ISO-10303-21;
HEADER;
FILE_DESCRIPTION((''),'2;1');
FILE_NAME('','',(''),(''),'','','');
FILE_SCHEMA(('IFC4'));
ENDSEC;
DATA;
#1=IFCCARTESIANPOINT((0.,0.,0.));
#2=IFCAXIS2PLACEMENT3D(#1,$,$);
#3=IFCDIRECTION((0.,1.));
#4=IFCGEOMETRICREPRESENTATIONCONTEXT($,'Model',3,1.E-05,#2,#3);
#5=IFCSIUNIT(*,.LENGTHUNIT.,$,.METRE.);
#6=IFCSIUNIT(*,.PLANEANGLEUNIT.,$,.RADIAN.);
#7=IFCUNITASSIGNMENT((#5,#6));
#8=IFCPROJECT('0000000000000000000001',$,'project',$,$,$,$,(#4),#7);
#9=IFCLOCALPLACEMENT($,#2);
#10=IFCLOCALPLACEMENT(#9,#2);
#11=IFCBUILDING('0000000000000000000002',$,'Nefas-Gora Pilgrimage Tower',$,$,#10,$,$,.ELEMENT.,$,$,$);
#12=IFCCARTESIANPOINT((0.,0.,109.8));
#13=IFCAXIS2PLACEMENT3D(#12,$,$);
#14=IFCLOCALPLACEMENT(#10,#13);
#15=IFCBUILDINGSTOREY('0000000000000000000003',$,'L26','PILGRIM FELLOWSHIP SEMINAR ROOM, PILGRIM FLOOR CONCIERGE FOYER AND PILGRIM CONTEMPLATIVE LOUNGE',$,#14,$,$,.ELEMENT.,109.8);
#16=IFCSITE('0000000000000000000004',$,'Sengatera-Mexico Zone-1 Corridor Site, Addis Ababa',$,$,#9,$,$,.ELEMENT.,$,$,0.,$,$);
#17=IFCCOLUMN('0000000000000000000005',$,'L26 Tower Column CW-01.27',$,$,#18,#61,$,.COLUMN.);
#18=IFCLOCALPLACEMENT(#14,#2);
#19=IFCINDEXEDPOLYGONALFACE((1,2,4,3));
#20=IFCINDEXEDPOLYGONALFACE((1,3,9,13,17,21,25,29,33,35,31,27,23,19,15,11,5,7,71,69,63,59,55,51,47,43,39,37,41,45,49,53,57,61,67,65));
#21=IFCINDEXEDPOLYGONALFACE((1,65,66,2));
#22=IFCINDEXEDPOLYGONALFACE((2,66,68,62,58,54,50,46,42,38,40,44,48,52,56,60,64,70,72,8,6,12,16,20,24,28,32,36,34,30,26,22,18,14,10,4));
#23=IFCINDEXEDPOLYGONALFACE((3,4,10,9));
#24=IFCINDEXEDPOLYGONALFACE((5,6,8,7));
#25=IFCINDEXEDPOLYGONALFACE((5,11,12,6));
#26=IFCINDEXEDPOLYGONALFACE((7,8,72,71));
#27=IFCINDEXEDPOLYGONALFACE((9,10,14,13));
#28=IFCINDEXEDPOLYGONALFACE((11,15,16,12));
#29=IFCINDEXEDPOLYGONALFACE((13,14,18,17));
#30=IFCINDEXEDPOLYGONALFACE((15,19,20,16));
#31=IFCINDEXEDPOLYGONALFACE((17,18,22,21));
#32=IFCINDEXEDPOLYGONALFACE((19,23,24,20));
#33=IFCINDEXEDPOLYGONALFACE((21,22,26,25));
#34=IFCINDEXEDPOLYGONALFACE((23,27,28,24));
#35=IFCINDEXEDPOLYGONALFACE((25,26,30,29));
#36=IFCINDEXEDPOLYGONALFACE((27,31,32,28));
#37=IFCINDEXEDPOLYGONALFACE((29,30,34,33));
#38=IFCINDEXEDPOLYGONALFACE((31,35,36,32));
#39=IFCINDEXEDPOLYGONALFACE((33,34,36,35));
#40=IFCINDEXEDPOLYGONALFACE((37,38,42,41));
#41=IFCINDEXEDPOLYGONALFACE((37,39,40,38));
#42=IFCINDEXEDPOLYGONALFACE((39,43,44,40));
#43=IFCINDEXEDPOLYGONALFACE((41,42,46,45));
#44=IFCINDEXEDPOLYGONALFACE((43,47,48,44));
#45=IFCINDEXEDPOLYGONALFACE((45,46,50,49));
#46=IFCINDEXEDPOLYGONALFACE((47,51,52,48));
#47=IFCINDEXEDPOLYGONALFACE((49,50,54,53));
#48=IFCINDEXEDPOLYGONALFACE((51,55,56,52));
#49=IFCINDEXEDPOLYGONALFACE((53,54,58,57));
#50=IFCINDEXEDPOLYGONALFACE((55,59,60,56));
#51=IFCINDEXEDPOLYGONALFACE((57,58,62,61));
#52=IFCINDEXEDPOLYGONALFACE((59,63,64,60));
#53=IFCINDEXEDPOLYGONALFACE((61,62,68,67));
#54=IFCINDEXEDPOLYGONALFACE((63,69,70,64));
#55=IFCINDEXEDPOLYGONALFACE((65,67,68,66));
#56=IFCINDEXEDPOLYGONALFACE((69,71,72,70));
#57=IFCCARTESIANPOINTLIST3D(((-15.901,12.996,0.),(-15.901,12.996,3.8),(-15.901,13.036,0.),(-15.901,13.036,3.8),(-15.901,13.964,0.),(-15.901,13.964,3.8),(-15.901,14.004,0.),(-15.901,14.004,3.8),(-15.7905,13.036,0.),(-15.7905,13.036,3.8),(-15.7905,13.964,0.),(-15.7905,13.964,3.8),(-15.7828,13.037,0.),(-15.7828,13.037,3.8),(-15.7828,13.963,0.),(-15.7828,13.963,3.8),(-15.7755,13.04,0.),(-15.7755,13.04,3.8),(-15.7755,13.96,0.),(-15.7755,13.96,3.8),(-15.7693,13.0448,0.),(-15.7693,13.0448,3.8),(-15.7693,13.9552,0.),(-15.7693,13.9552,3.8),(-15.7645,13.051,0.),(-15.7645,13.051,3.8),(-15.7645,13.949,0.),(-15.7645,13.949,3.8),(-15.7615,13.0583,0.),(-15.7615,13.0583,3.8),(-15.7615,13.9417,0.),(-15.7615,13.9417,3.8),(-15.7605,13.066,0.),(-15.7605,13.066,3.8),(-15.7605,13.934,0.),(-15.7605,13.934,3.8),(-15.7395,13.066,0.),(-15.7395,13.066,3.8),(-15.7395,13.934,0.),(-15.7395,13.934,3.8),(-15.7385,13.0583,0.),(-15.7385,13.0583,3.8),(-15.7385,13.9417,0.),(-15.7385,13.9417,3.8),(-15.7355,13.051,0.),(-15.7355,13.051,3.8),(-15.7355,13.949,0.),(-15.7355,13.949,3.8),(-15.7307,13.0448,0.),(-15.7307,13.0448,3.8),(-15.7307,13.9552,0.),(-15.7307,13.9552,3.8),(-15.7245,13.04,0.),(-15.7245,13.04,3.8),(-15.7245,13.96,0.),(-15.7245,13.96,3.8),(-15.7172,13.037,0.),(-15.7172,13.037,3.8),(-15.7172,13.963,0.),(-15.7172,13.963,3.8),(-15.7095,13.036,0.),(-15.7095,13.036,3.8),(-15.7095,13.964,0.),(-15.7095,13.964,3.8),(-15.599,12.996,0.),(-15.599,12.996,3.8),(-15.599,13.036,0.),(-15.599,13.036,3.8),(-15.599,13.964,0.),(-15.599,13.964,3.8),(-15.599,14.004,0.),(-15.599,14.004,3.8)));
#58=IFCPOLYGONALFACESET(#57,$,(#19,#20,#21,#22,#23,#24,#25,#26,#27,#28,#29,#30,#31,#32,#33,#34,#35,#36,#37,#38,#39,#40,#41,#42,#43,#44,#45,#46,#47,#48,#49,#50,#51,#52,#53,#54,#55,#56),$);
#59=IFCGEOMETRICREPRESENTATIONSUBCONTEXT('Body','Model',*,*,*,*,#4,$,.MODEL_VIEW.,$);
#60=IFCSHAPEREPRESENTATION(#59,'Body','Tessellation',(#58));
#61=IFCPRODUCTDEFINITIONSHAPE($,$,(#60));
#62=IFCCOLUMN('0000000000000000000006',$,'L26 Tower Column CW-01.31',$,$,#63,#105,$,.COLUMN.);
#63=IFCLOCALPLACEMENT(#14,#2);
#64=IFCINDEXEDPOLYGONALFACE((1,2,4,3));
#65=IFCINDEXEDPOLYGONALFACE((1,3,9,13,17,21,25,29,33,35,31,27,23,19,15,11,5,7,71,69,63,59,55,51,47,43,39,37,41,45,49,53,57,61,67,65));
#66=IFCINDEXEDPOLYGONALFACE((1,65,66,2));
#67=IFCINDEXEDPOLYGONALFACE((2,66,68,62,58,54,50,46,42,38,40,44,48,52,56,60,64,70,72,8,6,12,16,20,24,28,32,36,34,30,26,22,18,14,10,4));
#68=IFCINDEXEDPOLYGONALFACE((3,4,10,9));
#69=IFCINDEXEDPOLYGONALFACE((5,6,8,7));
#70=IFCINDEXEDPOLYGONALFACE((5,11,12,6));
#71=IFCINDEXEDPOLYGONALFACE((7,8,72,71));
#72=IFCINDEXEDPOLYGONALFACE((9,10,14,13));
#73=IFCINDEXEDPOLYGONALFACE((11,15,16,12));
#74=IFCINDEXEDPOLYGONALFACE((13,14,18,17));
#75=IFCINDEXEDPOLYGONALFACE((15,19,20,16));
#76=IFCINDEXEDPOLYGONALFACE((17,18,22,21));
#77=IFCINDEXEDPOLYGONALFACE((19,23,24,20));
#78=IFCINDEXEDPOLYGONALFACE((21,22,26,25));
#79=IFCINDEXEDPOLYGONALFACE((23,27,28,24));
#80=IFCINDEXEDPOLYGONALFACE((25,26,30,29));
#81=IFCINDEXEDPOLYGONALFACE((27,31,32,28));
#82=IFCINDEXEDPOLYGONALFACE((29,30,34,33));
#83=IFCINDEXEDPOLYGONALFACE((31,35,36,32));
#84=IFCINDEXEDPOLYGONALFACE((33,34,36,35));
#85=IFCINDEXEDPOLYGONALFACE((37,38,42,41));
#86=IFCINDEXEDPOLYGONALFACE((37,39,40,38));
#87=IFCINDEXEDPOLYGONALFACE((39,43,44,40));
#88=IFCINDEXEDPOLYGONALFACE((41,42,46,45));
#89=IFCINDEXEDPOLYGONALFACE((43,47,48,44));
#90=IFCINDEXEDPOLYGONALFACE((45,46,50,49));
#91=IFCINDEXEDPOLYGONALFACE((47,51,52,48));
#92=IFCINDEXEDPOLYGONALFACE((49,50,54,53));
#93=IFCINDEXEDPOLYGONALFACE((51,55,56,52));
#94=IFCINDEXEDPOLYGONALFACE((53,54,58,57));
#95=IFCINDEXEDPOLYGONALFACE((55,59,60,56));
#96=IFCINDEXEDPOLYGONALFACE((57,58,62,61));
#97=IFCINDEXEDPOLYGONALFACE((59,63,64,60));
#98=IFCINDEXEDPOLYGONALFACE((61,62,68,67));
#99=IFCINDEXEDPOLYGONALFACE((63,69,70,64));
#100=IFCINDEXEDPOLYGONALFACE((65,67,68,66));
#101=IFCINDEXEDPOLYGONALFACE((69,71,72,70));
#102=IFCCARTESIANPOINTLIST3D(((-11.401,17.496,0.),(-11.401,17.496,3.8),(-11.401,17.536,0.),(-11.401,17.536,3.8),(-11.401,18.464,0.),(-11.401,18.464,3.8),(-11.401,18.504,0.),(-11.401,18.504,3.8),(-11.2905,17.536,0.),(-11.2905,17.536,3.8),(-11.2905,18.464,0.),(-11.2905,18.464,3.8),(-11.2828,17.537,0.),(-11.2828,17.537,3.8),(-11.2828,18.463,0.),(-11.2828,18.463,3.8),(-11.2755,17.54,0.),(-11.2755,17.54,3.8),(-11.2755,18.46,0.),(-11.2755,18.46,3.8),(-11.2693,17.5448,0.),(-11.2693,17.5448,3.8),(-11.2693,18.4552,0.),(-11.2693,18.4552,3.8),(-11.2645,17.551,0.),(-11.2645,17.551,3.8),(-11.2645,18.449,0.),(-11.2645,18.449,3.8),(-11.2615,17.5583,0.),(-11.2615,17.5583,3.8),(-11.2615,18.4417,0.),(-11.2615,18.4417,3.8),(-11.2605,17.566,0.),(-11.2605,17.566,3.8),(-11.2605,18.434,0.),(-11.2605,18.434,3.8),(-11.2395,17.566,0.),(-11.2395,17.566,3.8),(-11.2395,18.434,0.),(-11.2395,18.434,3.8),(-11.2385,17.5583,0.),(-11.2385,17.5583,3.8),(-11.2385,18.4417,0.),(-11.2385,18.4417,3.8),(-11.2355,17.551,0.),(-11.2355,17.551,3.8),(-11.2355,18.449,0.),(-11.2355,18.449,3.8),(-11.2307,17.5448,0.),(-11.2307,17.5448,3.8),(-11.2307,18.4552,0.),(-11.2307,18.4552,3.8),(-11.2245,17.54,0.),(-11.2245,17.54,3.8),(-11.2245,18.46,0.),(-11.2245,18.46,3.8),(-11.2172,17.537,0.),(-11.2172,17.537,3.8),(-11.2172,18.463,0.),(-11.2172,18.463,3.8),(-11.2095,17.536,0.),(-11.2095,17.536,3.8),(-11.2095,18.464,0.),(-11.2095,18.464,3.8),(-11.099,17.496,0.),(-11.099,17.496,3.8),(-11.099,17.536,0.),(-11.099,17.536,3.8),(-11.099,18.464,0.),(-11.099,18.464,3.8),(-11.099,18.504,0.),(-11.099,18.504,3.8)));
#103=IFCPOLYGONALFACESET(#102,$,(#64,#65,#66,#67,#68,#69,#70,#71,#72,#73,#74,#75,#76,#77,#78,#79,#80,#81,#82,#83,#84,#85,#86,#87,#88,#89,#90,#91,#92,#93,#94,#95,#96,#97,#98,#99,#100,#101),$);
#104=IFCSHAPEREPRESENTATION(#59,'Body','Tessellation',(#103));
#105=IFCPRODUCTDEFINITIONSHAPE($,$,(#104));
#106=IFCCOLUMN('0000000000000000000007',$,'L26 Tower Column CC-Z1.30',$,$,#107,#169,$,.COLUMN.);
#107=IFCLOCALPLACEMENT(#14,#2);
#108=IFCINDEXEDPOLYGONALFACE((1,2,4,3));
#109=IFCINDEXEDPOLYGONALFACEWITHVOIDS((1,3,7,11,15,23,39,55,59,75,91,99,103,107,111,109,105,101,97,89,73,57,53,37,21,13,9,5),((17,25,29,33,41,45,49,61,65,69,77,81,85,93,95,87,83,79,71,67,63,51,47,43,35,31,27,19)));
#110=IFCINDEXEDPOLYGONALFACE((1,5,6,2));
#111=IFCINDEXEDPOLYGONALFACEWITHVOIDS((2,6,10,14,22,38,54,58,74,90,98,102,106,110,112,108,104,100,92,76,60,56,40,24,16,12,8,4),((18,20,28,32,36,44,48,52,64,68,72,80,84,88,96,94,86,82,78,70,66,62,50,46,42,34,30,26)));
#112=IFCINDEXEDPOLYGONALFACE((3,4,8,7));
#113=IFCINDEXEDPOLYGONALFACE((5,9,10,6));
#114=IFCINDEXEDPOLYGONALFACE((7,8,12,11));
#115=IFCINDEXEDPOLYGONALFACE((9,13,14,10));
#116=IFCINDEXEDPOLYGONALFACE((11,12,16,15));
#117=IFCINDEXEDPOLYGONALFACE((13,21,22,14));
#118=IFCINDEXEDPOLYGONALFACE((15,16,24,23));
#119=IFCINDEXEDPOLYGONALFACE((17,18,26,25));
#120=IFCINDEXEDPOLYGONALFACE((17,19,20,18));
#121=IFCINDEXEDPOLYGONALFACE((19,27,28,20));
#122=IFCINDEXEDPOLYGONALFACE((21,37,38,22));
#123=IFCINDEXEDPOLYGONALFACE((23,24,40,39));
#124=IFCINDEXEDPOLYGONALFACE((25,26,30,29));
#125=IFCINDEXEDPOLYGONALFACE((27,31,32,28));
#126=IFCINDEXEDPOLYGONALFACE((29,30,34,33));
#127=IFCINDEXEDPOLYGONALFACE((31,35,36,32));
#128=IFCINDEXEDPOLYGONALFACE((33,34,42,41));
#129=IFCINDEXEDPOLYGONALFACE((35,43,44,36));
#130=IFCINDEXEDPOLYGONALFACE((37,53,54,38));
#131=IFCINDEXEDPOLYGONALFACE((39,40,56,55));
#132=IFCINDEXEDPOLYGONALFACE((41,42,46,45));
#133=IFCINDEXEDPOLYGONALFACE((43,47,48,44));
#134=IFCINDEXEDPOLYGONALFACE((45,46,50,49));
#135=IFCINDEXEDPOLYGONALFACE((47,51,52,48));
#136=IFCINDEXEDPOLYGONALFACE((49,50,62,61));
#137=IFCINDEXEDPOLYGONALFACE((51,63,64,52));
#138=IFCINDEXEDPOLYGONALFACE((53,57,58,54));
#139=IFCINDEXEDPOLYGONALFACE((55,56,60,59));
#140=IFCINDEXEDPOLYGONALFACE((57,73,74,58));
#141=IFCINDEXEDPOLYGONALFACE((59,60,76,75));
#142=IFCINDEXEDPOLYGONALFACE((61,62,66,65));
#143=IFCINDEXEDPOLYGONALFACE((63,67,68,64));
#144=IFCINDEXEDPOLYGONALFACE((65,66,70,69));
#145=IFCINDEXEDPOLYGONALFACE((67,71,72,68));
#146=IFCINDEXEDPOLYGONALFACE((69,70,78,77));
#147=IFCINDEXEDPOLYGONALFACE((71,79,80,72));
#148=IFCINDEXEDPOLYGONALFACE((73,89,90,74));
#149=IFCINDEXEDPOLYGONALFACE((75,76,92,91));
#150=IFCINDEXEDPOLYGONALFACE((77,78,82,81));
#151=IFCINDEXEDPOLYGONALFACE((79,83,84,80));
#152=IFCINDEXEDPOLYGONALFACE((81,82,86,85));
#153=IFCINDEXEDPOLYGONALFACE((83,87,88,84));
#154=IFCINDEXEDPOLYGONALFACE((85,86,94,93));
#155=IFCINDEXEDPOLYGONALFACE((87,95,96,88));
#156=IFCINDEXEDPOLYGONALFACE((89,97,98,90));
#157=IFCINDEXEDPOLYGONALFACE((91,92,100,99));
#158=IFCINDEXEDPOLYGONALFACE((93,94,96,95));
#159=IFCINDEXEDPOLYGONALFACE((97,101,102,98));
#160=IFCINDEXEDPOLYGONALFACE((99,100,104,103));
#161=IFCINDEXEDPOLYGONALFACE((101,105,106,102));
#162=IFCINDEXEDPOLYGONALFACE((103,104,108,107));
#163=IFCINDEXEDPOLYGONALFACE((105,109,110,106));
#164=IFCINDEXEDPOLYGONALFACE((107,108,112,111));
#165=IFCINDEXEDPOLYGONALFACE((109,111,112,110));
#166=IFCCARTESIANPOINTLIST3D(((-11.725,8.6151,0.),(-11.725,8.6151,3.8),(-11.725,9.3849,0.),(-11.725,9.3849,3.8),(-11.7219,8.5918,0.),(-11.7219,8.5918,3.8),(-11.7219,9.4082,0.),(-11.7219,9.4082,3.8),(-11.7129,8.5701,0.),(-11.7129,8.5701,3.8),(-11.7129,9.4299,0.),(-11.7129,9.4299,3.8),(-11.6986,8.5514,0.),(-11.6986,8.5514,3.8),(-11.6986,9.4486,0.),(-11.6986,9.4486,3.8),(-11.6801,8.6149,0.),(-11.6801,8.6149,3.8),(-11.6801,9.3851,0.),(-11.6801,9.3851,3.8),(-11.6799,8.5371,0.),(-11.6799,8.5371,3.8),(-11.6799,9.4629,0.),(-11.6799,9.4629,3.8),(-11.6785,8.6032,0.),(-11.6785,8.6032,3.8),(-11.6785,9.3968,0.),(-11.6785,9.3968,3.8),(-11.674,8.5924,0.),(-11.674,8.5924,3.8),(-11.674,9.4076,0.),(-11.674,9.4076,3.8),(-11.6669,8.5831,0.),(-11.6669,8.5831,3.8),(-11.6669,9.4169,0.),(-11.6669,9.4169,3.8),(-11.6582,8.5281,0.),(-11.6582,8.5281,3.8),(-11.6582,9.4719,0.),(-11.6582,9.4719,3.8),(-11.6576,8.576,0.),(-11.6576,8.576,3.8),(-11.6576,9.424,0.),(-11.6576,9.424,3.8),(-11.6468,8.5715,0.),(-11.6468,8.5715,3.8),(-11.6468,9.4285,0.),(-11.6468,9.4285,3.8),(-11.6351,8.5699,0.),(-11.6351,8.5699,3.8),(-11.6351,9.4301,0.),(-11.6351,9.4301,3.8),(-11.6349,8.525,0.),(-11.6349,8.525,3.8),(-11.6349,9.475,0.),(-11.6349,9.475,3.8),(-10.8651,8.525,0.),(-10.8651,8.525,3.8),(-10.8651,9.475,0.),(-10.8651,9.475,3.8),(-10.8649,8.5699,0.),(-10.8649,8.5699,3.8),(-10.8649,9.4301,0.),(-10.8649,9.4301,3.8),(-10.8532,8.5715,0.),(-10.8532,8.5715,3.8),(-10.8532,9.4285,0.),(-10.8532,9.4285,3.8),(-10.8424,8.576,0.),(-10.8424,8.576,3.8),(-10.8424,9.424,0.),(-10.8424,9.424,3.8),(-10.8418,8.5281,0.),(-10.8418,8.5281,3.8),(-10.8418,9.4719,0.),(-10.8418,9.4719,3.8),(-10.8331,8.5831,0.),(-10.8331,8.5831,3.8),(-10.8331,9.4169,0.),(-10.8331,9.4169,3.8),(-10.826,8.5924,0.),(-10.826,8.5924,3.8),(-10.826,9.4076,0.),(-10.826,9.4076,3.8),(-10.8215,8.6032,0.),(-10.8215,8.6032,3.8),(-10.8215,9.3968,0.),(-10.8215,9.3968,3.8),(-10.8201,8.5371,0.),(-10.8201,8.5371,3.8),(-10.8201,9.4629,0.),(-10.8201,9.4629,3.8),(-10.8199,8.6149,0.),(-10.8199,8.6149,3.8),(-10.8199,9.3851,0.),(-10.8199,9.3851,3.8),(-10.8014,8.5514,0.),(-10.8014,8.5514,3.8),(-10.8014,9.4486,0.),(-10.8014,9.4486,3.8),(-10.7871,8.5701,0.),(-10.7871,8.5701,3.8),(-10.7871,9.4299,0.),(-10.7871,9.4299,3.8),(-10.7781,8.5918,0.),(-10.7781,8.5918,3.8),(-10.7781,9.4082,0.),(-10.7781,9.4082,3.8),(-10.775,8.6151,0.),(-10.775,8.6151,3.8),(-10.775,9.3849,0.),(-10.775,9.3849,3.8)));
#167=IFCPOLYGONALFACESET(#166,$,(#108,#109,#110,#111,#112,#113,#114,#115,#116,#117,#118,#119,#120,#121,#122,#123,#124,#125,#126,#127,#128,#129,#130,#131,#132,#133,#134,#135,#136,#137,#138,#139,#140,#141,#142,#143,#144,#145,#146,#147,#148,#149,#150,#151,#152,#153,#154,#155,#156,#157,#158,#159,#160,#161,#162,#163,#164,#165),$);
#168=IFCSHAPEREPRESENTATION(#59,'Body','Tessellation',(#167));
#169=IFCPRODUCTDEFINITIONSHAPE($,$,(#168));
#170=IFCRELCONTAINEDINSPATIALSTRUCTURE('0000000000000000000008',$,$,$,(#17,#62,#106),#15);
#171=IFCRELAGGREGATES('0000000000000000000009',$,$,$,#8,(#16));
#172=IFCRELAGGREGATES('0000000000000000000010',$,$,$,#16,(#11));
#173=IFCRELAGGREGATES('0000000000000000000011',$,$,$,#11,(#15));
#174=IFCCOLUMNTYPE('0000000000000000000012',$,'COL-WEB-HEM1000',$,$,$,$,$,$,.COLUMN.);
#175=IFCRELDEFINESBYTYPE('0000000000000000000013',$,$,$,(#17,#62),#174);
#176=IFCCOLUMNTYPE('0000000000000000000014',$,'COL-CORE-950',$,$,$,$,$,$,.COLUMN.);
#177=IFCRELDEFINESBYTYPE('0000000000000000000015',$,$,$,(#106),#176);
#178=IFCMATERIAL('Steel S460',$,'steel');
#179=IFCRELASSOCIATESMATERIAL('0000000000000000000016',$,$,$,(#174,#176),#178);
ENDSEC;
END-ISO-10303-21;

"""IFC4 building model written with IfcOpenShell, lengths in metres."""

from ifc_helpers import new_model, si_unit, direction, frame, origin, origin_2d, place, context, subcontext, project, spatial, hollow_rectangle, i_section, extrude, source, transform, mapped, material, material_profile, profile_set, type_object, element, save


model = new_model("IFC4")

# Units and contexts
model_context = context("Model", 3, precision=1e-05, world=origin(), true_north=direction((0.0, 1.0)))
body_context = subcontext(model_context, "Body", "Model", "MODEL_VIEW")
ifc_project = project(units=[si_unit("LENGTHUNIT", "METRE"), si_unit("PLANEANGLEUNIT", "RADIAN")], contexts=[model_context])

# Site, building, storey
site_placement = place(None, origin())
site = spatial("IfcSite", under=ifc_project, at=site_placement, Name="Sengatera-Mexico Zone-1 Corridor Site, Addis Ababa", CompositionType="ELEMENT", RefElevation=0.0)
building_placement = place(site_placement, origin())
building = spatial("IfcBuilding", under=site, at=building_placement, Name="Nefas-Gora Pilgrimage Tower", CompositionType="ELEMENT")
storey_placement = place(building_placement, frame((0.0, 0.0, 109.8)))
storey = spatial("IfcBuildingStorey", under=building, at=storey_placement, Name="L26", Description="PILGRIM FELLOWSHIP SEMINAR ROOM, PILGRIM FLOOR CONCIERGE FOYER AND PILGRIM CONTEMPLATIVE LOUNGE", CompositionType="ELEMENT", Elevation=109.8)

# Columns
ifc_material_1 = material(Name="Steel S460", Category="steel")
ifc_material_profile_1 = material_profile(ifc_material_1, i_section(OverallWidth=0.302, OverallDepth=1.0081, WebThickness=0.021, FlangeThickness=0.04, FilletRadius=0.03, at=origin_2d()), Name="HEM 1000")
ifc_profile_set_1 = profile_set([ifc_material_profile_1], Name="Steel S460")
column_type_1 = type_object("IfcColumnType", Name="COL-WEB-HEM1000", PredefinedType="COLUMN", material=ifc_profile_set_1)
shared_shape_1 = source(origin(), body_context, "Body", "SweptSolid", [
    extrude(i_section(OverallWidth=0.302, OverallDepth=1.0081, WebThickness=0.021, FlangeThickness=0.04, FilletRadius=0.03, at=origin_2d()), origin(), (0.0, 0.0, 1.0), 3.8),
])
for number, where, z_axis, x_axis, name in (
    (1, (-15.75, 13.5, 0.0), (0.0, 0.0, 1.0), (1.0, 0.0, 0.0), "L26 Tower Column CW-01.27"),
    (2, (-11.25, 18.0, 0.0), (0.0, 0.0, 1.0), (1.0, 0.0, 0.0), "L26 Tower Column CW-01.31"),
):
    element("IfcColumn", number, at=place(storey_placement, frame(where, z_axis=z_axis, x_axis=x_axis)), inside=storey, type_object=column_type_1, Name=name, PredefinedType="COLUMN", context=body_context, shape_type="MappedRepresentation", body=[
        mapped(shared_shape_1, transform((0.0, 0.0, 0.0), x_axis=(1.0, 0.0, 0.0), y_axis=(0.0, 1.0, 0.0), z_axis=(0.0, 0.0, 1.0), scale=1.0)),
    ])
ifc_material_profile_2 = material_profile(ifc_material_1, hollow_rectangle(XDim=0.95, YDim=0.95, WallThickness=0.0449, InnerFilletRadius=0.0449, OuterFilletRadius=0.0901, at=origin_2d()), Name="BOX 950x950x45")
ifc_profile_set_2 = profile_set([ifc_material_profile_2], Name="Steel S460")
column_type_2 = type_object("IfcColumnType", Name="COL-CORE-950", PredefinedType="COLUMN", material=ifc_profile_set_2)
shared_shape_2 = source(origin(), body_context, "Body", "SweptSolid", [
    extrude(hollow_rectangle(XDim=0.95, YDim=0.95, WallThickness=0.0449, InnerFilletRadius=0.0449, OuterFilletRadius=0.0901, at=origin_2d()), origin(), (0.0, 0.0, 1.0), 3.8),
])
column_placement = place(storey_placement, frame((-11.25, 9.0, 0.0), z_axis=(0.0, 0.0, 1.0), x_axis=(1.0, 0.0, 0.0)))
element("IfcColumn", 3, at=column_placement, inside=storey, type_object=column_type_2, Name="L26 Tower Column CC-Z1.30", PredefinedType="COLUMN", context=body_context, shape_type="MappedRepresentation", body=[
    mapped(shared_shape_2, transform((0.0, 0.0, 0.0), x_axis=(1.0, 0.0, 0.0), y_axis=(0.0, 1.0, 0.0), z_axis=(0.0, 0.0, 1.0), scale=1.0)),
])

save(model, "model.ifc")
